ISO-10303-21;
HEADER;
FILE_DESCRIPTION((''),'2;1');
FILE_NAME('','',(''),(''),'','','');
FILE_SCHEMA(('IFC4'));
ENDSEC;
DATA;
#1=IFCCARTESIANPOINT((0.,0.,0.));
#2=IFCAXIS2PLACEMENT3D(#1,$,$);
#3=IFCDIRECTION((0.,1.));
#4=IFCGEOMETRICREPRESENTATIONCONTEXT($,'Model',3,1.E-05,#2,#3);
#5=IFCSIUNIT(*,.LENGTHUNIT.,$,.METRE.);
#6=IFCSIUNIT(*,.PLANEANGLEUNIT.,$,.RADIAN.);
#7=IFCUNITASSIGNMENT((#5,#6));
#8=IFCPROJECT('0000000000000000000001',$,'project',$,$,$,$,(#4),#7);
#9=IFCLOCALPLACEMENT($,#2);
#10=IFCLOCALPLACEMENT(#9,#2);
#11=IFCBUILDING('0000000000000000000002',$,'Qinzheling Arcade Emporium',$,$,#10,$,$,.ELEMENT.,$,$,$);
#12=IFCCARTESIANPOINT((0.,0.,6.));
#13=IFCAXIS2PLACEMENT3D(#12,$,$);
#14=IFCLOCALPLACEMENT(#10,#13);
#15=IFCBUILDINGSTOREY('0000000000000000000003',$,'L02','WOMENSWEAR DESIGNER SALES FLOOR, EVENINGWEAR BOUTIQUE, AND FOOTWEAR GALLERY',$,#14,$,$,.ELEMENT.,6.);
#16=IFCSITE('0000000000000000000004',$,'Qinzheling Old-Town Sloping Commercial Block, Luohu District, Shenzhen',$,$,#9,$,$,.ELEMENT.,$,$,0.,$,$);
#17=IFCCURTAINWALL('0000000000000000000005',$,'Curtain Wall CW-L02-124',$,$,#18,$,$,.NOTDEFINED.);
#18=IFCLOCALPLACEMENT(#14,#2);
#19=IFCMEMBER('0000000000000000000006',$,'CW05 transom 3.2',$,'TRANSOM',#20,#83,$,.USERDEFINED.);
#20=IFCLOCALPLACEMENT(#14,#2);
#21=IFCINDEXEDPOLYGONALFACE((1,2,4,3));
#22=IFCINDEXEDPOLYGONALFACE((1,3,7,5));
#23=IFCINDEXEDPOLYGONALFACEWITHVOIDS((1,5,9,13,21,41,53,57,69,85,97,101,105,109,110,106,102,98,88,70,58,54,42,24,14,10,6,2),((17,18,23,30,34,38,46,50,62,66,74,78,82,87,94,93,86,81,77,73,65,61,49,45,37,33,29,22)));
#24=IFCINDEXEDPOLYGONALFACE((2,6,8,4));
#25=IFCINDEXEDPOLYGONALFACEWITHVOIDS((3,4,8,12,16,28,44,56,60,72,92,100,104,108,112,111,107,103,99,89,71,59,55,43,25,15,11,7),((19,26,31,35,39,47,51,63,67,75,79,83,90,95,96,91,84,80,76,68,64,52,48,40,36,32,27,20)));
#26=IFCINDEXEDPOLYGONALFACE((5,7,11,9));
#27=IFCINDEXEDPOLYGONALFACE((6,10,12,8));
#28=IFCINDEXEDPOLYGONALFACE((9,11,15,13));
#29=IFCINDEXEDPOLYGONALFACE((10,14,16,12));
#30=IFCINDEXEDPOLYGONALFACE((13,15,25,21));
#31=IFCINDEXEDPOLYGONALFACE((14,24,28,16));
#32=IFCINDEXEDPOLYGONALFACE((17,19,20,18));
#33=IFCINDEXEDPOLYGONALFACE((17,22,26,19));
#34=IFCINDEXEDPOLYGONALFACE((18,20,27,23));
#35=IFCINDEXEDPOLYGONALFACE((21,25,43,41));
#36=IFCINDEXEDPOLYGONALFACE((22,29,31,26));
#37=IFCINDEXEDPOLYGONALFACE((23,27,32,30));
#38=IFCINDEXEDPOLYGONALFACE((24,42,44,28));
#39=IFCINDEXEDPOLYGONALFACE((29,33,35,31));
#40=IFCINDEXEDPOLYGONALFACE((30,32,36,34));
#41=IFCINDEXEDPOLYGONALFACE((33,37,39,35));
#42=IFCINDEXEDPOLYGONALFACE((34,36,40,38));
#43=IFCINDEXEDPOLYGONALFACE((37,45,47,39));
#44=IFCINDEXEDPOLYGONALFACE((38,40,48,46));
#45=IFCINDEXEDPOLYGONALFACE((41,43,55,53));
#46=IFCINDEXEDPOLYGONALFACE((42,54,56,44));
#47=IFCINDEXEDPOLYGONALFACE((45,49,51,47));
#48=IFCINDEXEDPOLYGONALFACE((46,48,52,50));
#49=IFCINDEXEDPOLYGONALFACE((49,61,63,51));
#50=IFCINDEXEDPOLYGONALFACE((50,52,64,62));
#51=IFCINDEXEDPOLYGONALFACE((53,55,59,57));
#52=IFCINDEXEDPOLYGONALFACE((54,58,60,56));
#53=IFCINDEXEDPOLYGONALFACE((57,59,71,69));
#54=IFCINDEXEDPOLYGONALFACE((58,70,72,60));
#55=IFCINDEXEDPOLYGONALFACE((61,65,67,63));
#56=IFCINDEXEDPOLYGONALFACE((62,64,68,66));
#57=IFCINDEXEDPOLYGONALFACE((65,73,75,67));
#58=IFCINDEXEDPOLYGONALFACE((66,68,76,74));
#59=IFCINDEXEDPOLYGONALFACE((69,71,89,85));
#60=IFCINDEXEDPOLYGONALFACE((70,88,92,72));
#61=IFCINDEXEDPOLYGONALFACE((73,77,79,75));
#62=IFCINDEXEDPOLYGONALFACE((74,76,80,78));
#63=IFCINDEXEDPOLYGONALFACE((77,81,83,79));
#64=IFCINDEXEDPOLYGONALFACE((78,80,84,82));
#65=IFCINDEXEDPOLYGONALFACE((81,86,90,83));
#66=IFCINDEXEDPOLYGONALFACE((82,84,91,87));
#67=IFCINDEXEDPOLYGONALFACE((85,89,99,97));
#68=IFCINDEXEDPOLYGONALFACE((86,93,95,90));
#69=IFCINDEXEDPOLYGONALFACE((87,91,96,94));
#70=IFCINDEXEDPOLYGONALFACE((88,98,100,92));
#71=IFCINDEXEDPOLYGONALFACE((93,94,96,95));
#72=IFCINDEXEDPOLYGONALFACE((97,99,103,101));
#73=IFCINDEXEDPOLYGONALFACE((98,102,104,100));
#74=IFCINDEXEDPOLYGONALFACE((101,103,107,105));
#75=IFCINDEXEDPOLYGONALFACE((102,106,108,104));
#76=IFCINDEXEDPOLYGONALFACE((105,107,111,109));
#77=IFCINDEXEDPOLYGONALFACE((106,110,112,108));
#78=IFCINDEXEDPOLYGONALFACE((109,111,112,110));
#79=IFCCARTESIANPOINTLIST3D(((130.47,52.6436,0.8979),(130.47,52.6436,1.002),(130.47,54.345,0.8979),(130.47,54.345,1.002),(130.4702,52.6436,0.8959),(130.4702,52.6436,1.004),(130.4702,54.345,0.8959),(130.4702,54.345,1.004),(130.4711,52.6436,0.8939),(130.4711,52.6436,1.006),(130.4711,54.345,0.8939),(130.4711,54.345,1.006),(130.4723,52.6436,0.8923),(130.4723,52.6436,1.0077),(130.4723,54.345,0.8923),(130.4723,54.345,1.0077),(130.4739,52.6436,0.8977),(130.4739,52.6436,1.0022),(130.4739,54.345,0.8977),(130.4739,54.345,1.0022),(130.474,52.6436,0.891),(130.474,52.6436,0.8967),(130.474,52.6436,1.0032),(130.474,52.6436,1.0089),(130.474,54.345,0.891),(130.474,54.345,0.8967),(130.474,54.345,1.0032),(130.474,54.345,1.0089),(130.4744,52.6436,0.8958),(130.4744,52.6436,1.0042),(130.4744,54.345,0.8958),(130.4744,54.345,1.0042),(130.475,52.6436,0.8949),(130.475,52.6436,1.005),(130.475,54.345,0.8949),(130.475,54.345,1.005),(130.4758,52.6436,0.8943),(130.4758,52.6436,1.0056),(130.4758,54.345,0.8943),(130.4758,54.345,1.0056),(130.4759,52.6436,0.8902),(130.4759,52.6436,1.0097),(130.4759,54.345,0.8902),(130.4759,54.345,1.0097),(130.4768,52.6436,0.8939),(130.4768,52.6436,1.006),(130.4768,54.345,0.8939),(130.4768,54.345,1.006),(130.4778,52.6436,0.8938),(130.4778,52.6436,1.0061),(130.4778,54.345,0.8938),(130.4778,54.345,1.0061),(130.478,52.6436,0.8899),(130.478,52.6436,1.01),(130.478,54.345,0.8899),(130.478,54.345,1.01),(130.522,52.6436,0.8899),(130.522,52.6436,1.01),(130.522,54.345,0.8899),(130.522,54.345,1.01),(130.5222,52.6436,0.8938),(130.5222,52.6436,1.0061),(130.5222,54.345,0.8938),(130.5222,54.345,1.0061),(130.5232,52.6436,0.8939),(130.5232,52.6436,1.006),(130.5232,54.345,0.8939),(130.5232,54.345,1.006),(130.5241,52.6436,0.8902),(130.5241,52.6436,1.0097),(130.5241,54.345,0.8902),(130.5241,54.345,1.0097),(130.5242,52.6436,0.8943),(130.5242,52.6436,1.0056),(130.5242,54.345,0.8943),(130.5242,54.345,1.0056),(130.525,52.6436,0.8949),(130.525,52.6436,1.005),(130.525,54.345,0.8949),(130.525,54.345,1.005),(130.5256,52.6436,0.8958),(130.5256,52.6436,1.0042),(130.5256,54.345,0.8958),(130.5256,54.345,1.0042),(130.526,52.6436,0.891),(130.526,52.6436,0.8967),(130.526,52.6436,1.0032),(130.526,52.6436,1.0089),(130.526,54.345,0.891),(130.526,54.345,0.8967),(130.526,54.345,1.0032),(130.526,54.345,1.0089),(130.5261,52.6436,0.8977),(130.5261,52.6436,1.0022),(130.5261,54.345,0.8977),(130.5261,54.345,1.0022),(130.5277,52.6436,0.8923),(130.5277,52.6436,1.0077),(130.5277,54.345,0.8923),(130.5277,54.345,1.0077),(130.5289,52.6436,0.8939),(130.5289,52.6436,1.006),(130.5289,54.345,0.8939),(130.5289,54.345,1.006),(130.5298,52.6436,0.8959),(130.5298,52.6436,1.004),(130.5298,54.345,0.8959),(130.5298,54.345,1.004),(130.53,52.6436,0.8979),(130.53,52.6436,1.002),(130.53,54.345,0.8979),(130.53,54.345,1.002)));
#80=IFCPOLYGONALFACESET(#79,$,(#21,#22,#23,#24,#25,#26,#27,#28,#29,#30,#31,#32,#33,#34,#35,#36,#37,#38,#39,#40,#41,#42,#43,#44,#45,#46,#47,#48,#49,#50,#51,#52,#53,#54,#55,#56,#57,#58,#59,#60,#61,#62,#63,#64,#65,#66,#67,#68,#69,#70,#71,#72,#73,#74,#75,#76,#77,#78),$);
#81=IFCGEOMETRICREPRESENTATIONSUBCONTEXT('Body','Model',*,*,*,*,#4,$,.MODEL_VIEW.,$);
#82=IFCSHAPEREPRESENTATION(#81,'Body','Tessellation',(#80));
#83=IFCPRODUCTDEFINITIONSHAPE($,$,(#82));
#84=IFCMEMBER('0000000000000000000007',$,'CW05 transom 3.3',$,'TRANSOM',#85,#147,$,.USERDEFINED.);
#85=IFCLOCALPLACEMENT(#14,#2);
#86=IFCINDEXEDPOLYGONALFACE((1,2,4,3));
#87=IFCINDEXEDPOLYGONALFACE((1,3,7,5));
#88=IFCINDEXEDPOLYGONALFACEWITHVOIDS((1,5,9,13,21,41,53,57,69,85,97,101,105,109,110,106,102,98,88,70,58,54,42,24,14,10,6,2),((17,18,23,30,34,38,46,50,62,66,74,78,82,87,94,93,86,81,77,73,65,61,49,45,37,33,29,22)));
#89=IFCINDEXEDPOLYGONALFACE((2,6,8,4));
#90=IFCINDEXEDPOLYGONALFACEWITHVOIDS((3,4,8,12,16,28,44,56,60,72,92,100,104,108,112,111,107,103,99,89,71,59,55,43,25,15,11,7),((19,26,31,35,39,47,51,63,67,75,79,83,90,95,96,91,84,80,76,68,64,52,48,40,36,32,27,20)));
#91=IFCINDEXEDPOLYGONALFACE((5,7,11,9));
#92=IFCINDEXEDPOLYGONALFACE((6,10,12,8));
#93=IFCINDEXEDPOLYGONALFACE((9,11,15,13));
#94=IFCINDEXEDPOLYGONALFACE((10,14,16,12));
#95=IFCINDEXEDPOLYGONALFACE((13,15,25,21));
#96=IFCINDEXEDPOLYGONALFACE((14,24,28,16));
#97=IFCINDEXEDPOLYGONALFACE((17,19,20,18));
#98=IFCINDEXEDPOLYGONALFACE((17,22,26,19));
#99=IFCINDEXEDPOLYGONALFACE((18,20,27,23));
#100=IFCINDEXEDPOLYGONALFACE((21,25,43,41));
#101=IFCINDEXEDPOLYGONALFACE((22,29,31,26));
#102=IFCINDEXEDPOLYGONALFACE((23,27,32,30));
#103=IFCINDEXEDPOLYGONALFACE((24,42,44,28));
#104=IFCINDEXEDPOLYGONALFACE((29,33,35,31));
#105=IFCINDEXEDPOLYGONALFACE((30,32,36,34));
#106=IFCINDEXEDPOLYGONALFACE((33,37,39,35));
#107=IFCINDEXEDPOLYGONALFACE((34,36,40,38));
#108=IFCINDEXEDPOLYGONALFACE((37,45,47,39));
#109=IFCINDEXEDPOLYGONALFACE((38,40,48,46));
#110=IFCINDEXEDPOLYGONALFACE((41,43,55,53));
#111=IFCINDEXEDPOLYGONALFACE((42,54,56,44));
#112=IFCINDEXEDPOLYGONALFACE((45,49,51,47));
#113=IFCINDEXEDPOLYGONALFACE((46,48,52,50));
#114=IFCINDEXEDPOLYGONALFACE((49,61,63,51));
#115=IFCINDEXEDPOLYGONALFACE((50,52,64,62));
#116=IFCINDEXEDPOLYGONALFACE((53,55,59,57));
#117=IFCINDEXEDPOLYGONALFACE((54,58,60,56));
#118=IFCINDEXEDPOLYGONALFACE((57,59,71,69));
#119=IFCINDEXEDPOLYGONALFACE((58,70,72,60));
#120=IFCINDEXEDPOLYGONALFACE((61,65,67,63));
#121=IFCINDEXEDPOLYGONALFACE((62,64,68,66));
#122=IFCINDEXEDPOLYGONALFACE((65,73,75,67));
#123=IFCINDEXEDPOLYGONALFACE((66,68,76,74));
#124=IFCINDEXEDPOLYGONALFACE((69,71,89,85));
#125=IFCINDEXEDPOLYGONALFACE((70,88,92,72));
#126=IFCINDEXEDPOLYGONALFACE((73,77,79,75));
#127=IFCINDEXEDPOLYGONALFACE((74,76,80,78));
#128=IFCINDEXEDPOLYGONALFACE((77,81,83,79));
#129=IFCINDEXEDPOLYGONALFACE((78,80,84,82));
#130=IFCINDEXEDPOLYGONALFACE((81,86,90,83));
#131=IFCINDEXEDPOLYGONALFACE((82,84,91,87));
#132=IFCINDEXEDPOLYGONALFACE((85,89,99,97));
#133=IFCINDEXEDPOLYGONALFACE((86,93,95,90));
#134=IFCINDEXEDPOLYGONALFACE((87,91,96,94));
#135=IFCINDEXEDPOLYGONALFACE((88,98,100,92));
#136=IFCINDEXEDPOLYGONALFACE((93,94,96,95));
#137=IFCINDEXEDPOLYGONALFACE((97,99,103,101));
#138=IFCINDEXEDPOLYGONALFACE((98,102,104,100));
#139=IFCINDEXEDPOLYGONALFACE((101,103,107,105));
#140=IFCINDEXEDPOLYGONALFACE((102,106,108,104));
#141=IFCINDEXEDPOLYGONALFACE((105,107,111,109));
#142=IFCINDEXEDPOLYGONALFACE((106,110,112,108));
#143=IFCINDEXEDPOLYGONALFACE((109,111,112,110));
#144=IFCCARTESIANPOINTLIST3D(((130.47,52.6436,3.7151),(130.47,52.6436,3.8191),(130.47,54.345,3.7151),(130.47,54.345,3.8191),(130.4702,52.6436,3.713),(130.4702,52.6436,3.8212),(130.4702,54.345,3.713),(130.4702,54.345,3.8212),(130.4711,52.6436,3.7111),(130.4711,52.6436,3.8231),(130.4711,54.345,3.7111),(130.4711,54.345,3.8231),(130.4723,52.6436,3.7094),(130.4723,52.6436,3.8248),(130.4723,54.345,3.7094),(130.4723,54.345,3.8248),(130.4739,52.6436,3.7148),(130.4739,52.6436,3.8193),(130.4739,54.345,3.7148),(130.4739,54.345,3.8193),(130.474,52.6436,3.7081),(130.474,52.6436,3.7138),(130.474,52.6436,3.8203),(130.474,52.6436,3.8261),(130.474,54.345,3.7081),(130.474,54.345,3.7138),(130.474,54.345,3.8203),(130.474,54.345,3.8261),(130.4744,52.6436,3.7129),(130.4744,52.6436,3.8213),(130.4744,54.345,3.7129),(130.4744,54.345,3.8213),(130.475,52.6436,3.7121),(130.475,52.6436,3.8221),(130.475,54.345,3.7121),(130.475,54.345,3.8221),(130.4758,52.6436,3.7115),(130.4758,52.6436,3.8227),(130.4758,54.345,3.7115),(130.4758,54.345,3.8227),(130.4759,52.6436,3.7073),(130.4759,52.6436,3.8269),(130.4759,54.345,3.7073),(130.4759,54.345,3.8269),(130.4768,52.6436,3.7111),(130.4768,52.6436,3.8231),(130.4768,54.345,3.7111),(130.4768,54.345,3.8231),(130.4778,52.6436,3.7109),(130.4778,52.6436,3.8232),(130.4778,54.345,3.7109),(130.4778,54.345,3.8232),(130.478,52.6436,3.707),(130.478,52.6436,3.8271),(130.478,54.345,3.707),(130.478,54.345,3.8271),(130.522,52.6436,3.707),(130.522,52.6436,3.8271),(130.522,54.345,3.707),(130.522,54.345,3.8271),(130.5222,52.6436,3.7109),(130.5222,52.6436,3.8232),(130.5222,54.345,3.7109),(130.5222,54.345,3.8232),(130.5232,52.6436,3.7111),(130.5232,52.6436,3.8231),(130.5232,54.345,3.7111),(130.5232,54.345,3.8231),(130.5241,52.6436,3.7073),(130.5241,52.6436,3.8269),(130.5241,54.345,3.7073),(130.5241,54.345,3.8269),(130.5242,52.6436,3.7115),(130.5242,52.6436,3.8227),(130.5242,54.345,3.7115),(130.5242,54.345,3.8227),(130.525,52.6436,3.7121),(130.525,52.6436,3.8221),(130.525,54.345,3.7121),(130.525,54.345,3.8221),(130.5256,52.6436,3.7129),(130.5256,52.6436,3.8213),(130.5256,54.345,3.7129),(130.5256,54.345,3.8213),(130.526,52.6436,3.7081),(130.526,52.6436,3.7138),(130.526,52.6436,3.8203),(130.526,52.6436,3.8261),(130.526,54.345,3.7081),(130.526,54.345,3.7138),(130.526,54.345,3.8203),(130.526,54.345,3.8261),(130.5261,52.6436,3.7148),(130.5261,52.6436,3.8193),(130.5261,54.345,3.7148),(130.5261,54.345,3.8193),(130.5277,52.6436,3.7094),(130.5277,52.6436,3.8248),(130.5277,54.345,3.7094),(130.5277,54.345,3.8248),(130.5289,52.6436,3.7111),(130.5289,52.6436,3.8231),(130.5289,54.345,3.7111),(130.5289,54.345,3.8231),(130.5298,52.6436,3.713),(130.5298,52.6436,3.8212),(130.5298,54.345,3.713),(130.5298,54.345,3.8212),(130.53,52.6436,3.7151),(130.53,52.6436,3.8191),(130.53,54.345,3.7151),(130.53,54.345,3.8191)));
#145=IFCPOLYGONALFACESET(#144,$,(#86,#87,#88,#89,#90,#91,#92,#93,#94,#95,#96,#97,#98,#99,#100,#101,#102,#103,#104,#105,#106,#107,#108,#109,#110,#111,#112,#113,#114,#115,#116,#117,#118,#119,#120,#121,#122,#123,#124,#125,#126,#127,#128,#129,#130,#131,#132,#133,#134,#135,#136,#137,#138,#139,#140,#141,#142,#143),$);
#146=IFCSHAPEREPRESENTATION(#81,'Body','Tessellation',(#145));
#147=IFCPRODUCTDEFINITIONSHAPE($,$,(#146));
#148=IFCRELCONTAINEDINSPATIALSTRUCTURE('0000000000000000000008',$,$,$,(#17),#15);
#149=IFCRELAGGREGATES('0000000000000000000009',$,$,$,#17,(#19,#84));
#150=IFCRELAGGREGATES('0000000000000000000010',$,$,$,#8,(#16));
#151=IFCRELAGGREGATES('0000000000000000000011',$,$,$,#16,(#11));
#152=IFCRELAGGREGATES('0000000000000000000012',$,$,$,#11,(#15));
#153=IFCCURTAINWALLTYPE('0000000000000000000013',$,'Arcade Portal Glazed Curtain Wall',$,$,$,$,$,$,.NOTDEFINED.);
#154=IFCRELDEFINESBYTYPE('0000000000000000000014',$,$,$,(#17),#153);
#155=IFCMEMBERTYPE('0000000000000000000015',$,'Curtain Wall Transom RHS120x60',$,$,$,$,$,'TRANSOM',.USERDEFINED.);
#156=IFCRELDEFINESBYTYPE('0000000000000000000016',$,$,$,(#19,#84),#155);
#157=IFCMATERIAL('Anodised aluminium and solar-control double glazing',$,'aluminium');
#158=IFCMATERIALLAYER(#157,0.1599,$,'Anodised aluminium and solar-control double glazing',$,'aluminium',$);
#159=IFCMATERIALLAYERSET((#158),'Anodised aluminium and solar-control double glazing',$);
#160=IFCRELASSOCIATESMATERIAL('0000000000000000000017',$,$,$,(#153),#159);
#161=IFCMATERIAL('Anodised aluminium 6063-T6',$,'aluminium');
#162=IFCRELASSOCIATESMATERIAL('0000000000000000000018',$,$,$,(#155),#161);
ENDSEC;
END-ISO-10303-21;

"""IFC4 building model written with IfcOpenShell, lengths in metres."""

from ifc_helpers import new_model, si_unit, direction, frame, origin, origin_2d, place, context, subcontext, project, spatial, hollow_rectangle, extrude, material, layer, layer_set, material_profile, profile_set, type_object, element, aggregate, save


model = new_model("IFC4")

# Units and contexts
model_context = context("Model", 3, precision=1e-05, world=origin(), true_north=direction((0.0, 1.0)))
body_context = subcontext(model_context, "Body", "Model", "MODEL_VIEW")
ifc_project = project(units=[si_unit("LENGTHUNIT", "METRE"), si_unit("PLANEANGLEUNIT", "RADIAN")], contexts=[model_context])

# Site, building, storey
site_placement = place(None, origin())
site = spatial("IfcSite", under=ifc_project, at=site_placement, Name="Qinzheling Old-Town Sloping Commercial Block, Luohu District, Shenzhen", CompositionType="ELEMENT", RefElevation=0.0)
building_placement = place(site_placement, origin())
building = spatial("IfcBuilding", under=site, at=building_placement, Name="Qinzheling Arcade Emporium", CompositionType="ELEMENT")
storey_placement = place(building_placement, frame((0.0, 0.0, 6.0)))
storey = spatial("IfcBuildingStorey", under=building, at=storey_placement, Name="L02", Description="WOMENSWEAR DESIGNER SALES FLOOR, EVENINGWEAR BOUTIQUE, AND FOOTWEAR GALLERY", CompositionType="ELEMENT", Elevation=6.0)

# Shared definitions
ifc_material_1 = material(Name="Anodised aluminium and solar-control double glazing", Category="aluminium")
ifc_layer_1 = layer(ifc_material_1, 0.1599, Name="Anodised aluminium and solar-control double glazing", Category="aluminium")
ifc_layer_set_1 = layer_set([ifc_layer_1], Name="Anodised aluminium and solar-control double glazing")
curtain_wall_type = type_object("IfcCurtainWallType", Name="Arcade Portal Glazed Curtain Wall", PredefinedType="NOTDEFINED", material=ifc_layer_set_1)
ifc_material_2 = material(Name="Anodised aluminium 6063-T6", Category="aluminium")

# Curtain wall, members
curtain_wall_1_placement = place(storey_placement, origin())
curtain_wall_1 = element("IfcCurtainWall", 1, at=curtain_wall_1_placement, inside=storey, type_object=curtain_wall_type, Name="Curtain Wall CW-L02-124", PredefinedType="NOTDEFINED")
ifc_material_profile_1 = material_profile(ifc_material_2, hollow_rectangle(XDim=0.0601, YDim=0.1201, WallThickness=0.0039, InnerFilletRadius=0.0039, OuterFilletRadius=0.0081, at=origin_2d()), Name="RHS 120x60x4", Category="aluminium")
ifc_profile_set_1 = profile_set([ifc_material_profile_1], Name="Anodised aluminium 6063-T6")
member_type_1 = type_object("IfcMemberType", Name="Curtain Wall Transom RHS120x60", ElementType="TRANSOM", PredefinedType="USERDEFINED", material=ifc_profile_set_1)
member_1_placement = place(storey_placement, frame((130.5, 54.345, 0.95), z_axis=(0.0, -1.0, 0.0), x_axis=(1.0, 0.0, 0.0)))
member_1 = element("IfcMember", 2, at=member_1_placement, type_object=member_type_1, Name="CW05 transom 3.2", ObjectType="TRANSOM", PredefinedType="USERDEFINED", context=body_context, shape_type="SweptSolid", body=[
    extrude(hollow_rectangle(XDim=0.0601, YDim=0.1201, WallThickness=0.0039, InnerFilletRadius=0.0039, OuterFilletRadius=0.0081, at=origin_2d()), origin(), (0.0, 0.0, 1.0), 1.7014),
])
member_2_placement = place(storey_placement, frame((130.5, 54.345, 3.7671), z_axis=(0.0, -1.0, 0.0), x_axis=(1.0, 0.0, 0.0)))
member_2 = element("IfcMember", 3, at=member_2_placement, type_object=member_type_1, Name="CW05 transom 3.3", ObjectType="TRANSOM", PredefinedType="USERDEFINED", context=body_context, shape_type="SweptSolid", body=[
    extrude(hollow_rectangle(XDim=0.0601, YDim=0.1201, WallThickness=0.0039, InnerFilletRadius=0.0039, OuterFilletRadius=0.0081, at=origin_2d()), origin(), (0.0, 0.0, 1.0), 1.7014),
])
aggregate(curtain_wall_1, [member_1, member_2])

save(model, "model.ifc")
